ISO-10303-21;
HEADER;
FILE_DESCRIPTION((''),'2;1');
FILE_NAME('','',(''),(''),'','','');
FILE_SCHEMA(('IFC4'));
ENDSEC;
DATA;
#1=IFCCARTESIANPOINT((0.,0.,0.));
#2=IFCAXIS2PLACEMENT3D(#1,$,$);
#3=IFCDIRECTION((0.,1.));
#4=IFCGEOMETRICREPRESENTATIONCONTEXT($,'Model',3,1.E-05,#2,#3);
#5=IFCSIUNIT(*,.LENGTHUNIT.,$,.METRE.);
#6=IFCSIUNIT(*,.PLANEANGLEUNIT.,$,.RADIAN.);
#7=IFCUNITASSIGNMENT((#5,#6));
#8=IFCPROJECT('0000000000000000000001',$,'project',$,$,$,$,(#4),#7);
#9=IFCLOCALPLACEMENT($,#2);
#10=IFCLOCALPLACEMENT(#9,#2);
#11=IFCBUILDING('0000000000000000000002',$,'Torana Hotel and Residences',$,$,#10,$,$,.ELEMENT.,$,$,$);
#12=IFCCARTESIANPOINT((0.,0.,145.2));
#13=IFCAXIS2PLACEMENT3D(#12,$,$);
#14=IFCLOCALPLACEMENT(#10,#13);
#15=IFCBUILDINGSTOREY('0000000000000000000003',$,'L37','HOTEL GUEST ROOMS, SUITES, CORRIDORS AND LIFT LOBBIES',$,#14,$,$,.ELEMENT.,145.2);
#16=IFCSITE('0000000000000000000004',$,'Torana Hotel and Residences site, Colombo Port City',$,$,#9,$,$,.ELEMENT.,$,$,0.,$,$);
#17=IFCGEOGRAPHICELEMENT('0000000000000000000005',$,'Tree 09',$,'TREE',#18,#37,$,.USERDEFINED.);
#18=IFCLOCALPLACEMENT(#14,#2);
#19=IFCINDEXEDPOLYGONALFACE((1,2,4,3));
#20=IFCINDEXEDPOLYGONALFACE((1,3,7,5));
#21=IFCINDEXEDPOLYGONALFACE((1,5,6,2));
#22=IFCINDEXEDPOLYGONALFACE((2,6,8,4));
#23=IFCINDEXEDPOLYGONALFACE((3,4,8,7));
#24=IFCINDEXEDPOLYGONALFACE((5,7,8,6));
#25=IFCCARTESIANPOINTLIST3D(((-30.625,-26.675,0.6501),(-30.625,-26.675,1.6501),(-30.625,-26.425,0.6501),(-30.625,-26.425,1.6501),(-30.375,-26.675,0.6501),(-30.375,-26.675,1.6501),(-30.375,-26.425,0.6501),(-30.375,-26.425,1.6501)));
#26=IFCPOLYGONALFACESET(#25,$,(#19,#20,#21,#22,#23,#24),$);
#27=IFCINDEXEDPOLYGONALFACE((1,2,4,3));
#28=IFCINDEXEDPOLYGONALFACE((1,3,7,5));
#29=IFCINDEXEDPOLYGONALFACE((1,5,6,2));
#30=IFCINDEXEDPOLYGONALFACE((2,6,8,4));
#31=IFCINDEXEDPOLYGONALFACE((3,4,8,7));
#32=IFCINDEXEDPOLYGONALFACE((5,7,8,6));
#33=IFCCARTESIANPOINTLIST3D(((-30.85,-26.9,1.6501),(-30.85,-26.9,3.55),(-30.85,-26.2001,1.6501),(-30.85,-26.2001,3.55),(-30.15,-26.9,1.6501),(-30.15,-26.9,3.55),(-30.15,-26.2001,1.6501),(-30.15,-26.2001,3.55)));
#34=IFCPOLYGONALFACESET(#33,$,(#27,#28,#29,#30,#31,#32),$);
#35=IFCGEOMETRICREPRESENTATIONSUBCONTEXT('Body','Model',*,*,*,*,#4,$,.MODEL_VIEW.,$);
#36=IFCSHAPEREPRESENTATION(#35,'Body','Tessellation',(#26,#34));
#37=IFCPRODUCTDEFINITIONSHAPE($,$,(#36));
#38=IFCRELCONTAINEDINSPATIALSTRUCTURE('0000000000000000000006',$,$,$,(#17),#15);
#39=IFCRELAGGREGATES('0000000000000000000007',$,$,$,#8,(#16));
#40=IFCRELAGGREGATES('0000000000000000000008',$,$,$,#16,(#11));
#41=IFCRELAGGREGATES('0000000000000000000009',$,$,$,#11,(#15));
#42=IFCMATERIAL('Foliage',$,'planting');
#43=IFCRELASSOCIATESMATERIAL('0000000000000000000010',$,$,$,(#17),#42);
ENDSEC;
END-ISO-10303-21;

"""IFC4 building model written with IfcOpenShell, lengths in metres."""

from ifc_helpers import new_model, si_unit, direction, frame, origin, origin_2d, place, context, subcontext, project, spatial, rectangle, extrude, material, element, save


model = new_model("IFC4")

# Units and contexts
model_context = context("Model", 3, precision=1e-05, world=origin(), true_north=direction((0.0, 1.0)))
body_context = subcontext(model_context, "Body", "Model", "MODEL_VIEW")
ifc_project = project(units=[si_unit("LENGTHUNIT", "METRE"), si_unit("PLANEANGLEUNIT", "RADIAN")], contexts=[model_context])

# Site, building, storey
site_placement = place(None, origin())
site = spatial("IfcSite", under=ifc_project, at=site_placement, Name="Torana Hotel and Residences site, Colombo Port City", CompositionType="ELEMENT", RefElevation=0.0)
building_placement = place(site_placement, origin())
building = spatial("IfcBuilding", under=site, at=building_placement, Name="Torana Hotel and Residences", CompositionType="ELEMENT")
storey_placement = place(building_placement, frame((0.0, 0.0, 145.2)))
storey = spatial("IfcBuildingStorey", under=building, at=storey_placement, Name="L37", Description="HOTEL GUEST ROOMS, SUITES, CORRIDORS AND LIFT LOBBIES", CompositionType="ELEMENT", Elevation=145.2)

# Geographic element
ifc_material_1 = material(Name="Foliage", Category="planting")
geographic_element_placement = place(storey_placement, frame((-30.5, -26.55, 0.6501), z_axis=(0.0, 0.0, 1.0), x_axis=(1.0, 0.0, 0.0)))
element("IfcGeographicElement", 1, at=geographic_element_placement, inside=storey, material=ifc_material_1, Name="Tree 09", ObjectType="TREE", PredefinedType="USERDEFINED", context=body_context, shape_type="SweptSolid", body=[
    extrude(rectangle(XDim=0.25, YDim=0.25, at=origin_2d()), origin(), (0.0, 0.0, 1.0), 1.0),
    extrude(rectangle(XDim=0.7, YDim=0.7, at=origin_2d()), frame((0.0, 0.0, 1.0)), (0.0, 0.0, 1.0), 1.8999),
])

save(model, "model.ifc")
